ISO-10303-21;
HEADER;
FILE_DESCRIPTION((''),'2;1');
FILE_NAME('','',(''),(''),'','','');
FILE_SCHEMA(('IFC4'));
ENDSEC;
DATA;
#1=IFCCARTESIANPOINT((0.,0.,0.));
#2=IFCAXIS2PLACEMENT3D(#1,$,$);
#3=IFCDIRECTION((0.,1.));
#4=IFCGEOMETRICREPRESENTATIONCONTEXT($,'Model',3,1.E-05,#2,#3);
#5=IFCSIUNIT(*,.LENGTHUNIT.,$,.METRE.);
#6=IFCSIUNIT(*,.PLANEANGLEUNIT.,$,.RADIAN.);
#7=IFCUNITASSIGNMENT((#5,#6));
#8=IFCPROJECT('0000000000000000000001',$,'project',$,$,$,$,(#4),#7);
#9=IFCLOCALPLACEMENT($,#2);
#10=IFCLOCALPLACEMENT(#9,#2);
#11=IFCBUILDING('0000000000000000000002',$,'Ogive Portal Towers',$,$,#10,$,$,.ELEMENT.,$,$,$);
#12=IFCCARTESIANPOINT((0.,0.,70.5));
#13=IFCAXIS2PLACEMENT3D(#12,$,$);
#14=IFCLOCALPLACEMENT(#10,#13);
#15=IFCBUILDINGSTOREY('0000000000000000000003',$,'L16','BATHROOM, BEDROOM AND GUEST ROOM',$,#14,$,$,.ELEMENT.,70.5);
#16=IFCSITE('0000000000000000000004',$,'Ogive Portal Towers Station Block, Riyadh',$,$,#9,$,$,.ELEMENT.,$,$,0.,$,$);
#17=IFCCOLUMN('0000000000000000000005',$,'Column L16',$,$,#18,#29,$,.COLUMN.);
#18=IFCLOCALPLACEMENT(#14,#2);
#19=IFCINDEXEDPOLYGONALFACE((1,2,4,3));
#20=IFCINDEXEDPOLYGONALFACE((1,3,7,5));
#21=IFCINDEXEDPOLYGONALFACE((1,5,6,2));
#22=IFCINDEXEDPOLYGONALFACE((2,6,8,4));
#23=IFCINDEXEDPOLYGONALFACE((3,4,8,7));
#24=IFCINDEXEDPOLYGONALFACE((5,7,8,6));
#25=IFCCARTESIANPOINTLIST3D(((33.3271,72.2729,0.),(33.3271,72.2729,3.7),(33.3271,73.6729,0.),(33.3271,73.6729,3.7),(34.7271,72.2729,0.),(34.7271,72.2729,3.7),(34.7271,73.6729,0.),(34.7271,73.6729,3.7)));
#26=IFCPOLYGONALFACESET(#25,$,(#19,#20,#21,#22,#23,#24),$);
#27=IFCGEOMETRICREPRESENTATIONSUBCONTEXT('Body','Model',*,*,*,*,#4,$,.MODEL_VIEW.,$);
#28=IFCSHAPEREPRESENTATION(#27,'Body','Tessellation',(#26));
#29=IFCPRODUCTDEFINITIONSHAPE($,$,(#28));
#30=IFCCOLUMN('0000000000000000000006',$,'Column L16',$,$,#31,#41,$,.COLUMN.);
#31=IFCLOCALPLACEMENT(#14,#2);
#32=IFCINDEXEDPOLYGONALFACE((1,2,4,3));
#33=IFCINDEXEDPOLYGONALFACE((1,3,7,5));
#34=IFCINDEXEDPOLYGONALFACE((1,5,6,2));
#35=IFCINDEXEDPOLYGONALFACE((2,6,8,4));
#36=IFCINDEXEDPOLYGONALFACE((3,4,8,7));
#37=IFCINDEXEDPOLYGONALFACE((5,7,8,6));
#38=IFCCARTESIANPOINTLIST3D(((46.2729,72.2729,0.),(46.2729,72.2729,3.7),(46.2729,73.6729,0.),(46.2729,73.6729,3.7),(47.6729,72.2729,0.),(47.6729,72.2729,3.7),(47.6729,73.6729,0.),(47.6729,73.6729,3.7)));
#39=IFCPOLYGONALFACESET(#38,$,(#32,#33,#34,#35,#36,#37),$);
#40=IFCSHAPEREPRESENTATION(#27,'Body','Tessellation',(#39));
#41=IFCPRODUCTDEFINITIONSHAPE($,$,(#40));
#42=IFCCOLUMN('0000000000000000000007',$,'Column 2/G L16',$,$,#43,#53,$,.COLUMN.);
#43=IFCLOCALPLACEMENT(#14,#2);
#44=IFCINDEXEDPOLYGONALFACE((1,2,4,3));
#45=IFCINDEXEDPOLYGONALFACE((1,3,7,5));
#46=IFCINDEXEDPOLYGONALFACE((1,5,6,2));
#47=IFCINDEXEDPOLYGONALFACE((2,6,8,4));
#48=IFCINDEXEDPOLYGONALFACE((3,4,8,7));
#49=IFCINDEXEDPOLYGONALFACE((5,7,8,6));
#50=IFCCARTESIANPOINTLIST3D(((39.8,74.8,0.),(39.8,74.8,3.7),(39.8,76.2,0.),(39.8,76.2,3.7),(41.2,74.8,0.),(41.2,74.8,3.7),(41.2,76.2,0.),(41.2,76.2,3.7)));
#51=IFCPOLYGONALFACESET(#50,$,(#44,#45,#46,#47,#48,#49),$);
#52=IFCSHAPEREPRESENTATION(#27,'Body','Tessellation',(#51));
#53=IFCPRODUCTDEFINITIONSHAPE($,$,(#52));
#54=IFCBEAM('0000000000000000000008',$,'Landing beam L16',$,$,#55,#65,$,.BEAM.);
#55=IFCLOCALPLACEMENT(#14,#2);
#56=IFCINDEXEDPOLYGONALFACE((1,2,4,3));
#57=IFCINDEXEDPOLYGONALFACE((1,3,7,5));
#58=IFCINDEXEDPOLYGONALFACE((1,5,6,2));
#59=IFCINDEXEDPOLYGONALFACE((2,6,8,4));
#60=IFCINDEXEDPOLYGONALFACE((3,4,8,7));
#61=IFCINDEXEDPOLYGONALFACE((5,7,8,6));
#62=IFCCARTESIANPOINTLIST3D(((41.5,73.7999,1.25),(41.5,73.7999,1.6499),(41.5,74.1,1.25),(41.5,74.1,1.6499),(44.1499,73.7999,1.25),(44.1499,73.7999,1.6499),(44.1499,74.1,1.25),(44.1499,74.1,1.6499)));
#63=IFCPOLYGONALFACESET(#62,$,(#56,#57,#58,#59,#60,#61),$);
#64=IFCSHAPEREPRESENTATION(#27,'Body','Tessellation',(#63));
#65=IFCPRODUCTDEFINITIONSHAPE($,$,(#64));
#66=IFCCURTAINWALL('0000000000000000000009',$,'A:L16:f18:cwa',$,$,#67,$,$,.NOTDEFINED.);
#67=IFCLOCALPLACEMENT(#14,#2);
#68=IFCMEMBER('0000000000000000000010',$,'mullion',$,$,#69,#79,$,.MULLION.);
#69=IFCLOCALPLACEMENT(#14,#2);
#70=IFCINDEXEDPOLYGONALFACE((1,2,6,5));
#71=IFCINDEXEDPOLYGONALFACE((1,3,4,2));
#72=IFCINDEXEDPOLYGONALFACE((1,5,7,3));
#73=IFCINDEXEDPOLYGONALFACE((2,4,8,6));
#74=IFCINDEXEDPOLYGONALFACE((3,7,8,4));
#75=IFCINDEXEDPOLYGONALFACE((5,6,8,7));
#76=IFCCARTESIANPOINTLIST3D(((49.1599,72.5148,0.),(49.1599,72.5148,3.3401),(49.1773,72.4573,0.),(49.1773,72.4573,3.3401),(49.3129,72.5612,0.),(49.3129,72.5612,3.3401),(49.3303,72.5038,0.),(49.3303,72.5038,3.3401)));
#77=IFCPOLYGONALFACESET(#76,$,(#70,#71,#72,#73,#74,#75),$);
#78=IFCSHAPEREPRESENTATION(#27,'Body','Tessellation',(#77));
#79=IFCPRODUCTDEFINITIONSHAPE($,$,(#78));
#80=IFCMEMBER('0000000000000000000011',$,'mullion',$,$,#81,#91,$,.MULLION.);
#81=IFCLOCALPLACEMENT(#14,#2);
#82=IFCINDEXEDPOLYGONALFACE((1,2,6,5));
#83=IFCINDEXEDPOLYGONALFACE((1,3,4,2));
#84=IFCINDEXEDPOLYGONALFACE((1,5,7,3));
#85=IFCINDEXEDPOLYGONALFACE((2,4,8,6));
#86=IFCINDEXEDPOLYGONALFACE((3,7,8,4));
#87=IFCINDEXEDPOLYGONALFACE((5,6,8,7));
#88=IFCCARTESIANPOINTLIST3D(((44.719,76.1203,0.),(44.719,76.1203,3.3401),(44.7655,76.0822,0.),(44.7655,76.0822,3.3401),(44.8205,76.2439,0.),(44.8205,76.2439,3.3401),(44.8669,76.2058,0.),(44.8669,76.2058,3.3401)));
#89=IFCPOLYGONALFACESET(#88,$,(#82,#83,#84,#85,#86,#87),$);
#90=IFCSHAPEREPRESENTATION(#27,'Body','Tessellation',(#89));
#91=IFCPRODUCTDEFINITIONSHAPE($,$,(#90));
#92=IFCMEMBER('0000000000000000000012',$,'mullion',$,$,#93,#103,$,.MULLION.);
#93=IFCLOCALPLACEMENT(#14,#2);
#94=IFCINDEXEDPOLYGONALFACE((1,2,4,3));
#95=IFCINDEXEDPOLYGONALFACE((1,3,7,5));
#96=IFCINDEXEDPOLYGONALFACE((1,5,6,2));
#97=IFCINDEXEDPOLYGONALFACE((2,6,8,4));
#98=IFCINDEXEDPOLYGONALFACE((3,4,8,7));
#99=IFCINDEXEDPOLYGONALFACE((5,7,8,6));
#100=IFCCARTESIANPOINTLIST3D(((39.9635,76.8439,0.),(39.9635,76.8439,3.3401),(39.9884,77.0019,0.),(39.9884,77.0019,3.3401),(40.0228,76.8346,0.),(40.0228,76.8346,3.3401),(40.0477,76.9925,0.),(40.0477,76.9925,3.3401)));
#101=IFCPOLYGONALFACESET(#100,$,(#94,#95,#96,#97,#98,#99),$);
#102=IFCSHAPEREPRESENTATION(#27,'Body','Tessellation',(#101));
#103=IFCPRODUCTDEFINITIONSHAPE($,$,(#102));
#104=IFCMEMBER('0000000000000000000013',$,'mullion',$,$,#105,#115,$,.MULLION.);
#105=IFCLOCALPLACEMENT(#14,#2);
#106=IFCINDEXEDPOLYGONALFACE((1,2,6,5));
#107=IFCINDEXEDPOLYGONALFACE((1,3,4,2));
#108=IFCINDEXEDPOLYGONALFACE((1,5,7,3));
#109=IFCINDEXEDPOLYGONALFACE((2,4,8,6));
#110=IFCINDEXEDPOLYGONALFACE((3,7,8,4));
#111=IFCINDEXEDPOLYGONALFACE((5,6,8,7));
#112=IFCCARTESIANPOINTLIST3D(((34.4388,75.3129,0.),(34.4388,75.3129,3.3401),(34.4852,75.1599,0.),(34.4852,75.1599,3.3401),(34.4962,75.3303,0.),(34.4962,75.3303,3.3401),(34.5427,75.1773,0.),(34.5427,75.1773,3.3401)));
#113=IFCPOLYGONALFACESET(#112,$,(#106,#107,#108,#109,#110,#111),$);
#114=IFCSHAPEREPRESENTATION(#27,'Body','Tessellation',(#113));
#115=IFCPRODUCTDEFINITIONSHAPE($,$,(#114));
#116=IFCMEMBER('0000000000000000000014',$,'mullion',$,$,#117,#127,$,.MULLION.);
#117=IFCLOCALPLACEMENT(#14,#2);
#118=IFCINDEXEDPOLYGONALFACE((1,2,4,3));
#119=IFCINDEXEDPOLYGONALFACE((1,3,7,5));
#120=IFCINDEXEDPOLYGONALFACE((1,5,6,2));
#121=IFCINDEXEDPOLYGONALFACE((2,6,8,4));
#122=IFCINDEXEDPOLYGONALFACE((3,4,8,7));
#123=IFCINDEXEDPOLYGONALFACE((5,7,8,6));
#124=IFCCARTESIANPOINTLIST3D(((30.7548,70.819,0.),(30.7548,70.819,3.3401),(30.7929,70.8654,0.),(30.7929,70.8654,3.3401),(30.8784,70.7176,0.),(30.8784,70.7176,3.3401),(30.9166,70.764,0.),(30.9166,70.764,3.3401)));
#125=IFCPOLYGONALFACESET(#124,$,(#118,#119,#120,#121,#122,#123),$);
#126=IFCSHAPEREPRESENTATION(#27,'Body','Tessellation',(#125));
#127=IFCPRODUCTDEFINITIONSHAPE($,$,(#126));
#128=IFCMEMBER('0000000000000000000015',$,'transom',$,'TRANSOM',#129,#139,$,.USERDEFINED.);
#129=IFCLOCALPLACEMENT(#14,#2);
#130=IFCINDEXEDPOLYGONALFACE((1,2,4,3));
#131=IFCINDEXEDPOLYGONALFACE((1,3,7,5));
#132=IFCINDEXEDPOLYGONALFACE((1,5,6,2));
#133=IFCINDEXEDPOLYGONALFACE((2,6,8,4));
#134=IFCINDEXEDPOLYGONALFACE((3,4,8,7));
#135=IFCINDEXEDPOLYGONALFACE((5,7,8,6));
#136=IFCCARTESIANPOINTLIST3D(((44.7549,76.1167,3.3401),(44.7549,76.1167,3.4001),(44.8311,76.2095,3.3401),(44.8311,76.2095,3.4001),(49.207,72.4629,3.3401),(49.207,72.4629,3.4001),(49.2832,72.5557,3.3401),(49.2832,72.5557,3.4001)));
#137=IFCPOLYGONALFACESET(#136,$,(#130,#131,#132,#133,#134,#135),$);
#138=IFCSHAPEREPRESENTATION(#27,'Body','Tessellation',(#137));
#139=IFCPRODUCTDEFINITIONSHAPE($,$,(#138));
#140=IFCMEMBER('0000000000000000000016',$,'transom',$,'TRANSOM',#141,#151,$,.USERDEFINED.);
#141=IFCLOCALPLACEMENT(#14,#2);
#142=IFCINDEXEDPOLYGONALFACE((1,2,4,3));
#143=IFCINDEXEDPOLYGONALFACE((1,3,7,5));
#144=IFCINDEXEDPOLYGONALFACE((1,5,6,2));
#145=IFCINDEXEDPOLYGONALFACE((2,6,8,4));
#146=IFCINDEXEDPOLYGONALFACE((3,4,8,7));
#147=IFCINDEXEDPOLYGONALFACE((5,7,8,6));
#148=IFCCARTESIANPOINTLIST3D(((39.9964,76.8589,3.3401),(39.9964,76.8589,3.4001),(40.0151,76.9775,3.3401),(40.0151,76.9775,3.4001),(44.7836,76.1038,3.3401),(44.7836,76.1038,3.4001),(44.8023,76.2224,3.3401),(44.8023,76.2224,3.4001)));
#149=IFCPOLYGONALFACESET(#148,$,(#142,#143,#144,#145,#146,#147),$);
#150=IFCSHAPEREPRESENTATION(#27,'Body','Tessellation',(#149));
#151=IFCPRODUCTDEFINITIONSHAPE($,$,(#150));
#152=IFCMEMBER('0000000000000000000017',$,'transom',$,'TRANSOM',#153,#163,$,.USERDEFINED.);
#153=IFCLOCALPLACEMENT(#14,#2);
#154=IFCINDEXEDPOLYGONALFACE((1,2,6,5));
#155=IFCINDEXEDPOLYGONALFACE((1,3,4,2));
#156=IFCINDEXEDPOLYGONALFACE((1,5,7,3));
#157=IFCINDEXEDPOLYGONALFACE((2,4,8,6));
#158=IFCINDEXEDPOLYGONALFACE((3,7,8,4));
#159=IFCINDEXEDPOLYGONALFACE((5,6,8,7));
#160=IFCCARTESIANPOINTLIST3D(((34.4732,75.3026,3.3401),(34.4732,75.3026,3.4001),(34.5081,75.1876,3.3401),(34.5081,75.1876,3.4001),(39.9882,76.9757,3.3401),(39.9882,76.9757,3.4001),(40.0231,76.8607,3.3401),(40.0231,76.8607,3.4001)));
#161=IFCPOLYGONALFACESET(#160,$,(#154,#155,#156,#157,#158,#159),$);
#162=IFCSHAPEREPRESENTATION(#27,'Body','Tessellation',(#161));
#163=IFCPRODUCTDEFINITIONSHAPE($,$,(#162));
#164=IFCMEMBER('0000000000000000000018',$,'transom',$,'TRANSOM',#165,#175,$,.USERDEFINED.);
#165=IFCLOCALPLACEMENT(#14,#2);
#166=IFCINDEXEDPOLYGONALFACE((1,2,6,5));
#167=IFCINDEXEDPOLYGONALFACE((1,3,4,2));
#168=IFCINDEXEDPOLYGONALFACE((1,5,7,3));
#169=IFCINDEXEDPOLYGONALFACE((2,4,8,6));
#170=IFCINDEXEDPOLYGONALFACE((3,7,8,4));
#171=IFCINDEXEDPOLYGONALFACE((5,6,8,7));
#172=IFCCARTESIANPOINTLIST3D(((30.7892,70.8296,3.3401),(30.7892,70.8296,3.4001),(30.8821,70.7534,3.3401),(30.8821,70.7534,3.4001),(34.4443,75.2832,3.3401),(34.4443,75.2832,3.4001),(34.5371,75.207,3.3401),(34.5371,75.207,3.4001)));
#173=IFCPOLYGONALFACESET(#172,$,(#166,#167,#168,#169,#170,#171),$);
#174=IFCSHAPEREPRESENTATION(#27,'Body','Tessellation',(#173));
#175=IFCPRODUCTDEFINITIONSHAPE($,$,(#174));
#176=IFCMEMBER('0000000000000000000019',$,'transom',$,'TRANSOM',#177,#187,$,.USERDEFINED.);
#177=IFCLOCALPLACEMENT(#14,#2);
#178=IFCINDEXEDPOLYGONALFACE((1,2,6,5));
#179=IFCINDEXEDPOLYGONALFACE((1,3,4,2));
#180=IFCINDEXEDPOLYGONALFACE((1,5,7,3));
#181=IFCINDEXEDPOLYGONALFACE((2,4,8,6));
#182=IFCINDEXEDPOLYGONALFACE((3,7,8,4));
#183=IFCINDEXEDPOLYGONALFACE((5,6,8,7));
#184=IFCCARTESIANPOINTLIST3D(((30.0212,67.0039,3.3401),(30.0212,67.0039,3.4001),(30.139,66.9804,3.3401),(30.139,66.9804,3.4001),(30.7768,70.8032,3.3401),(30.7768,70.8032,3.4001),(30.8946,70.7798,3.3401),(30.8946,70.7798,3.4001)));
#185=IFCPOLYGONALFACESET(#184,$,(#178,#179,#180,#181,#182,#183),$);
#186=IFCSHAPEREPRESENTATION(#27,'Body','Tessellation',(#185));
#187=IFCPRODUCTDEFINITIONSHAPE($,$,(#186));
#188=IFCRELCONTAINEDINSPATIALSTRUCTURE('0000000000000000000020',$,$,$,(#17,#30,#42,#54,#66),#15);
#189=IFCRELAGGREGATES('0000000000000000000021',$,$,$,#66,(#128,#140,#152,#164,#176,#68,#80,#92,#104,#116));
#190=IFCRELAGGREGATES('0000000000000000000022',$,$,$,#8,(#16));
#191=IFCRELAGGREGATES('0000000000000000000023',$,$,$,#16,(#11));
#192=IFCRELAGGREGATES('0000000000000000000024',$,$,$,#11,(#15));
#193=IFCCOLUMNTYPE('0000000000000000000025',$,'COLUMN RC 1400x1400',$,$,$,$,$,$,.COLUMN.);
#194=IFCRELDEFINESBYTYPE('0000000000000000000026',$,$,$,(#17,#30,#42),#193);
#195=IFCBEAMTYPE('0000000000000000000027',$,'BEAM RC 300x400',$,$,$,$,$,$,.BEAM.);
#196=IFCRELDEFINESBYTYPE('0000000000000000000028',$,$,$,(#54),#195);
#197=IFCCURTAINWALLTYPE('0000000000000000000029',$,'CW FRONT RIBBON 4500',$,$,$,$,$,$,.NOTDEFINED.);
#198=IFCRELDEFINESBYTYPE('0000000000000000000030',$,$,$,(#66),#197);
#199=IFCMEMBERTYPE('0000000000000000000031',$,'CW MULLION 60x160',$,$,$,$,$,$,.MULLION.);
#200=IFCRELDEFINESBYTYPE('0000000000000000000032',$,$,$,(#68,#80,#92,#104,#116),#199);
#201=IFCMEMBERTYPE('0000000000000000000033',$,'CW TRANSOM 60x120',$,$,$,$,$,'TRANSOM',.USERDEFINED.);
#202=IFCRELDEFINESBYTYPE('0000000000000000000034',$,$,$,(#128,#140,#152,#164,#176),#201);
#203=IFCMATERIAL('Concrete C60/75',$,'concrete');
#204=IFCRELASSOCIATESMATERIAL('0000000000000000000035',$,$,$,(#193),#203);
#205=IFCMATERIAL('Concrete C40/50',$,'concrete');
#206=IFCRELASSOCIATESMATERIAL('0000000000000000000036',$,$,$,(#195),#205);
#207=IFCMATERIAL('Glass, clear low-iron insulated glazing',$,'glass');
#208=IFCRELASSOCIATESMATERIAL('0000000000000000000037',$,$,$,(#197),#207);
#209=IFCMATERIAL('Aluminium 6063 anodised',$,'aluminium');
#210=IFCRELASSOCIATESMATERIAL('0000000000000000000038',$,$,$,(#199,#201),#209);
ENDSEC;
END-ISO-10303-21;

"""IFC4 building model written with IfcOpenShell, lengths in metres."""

from ifc_helpers import new_model, si_unit, direction, frame, origin, origin_2d, place, context, subcontext, project, spatial, rectangle, extrude, material, material_profile, profile_set, type_object, element, aggregate, save


model = new_model("IFC4")

# Units and contexts
model_context = context("Model", 3, precision=1e-05, world=origin(), true_north=direction((0.0, 1.0)))
body_context = subcontext(model_context, "Body", "Model", "MODEL_VIEW")
ifc_project = project(units=[si_unit("LENGTHUNIT", "METRE"), si_unit("PLANEANGLEUNIT", "RADIAN")], contexts=[model_context])

# Site, building, storey
site_placement = place(None, origin())
site = spatial("IfcSite", under=ifc_project, at=site_placement, Name="Ogive Portal Towers Station Block, Riyadh", CompositionType="ELEMENT", RefElevation=0.0)
building_placement = place(site_placement, origin())
building = spatial("IfcBuilding", under=site, at=building_placement, Name="Ogive Portal Towers", CompositionType="ELEMENT")
storey_placement = place(building_placement, frame((0.0, 0.0, 70.5)))
storey = spatial("IfcBuildingStorey", under=building, at=storey_placement, Name="L16", Description="BATHROOM, BEDROOM AND GUEST ROOM", CompositionType="ELEMENT", Elevation=70.5)

# Columns
ifc_material_1 = material(Name="Concrete C60/75", Category="concrete")
ifc_material_profile_1 = material_profile(ifc_material_1, rectangle(XDim=1.3999, YDim=1.3999, at=origin_2d()), Name="RC 1400x1400")
ifc_profile_set_1 = profile_set([ifc_material_profile_1], Name="Concrete C60/75")
column_type = type_object("IfcColumnType", Name="COLUMN RC 1400x1400", PredefinedType="COLUMN", material=ifc_profile_set_1)
for number, where, z_axis, x_axis, name in (
    (1, (34.0271, 72.9729, 0.0), (0.0, 0.0, 1.0), (1.0, 0.0, 0.0), "Column L16"),
    (2, (46.9729, 72.9729, 0.0), (0.0, 0.0, 1.0), (1.0, 0.0, 0.0), "Column L16"),
    (3, (40.5, 75.5, 0.0), (0.0, 0.0, 1.0), (1.0, 0.0, 0.0), "Column 2/G L16"),
):
    element("IfcColumn", number, at=place(storey_placement, frame(where, z_axis=z_axis, x_axis=x_axis)), inside=storey, type_object=column_type, Name=name, PredefinedType="COLUMN", context=body_context, shape_type="SweptSolid", body=[
        extrude(rectangle(XDim=1.3999, YDim=1.3999, at=origin_2d()), origin(), (0.0, 0.0, 1.0), 3.7),
    ])

# Beam
ifc_material_2 = material(Name="Concrete C40/50", Category="concrete")
ifc_material_profile_2 = material_profile(ifc_material_2, rectangle(XDim=0.3, YDim=0.3999, at=origin_2d()), Name="RC 300x400")
ifc_profile_set_2 = profile_set([ifc_material_profile_2], Name="Concrete C40/50")
beam_type = type_object("IfcBeamType", Name="BEAM RC 300x400", PredefinedType="BEAM", material=ifc_profile_set_2)
beam_placement = place(storey_placement, frame((41.5, 73.95, 1.45), z_axis=(1.0, 0.0, 0.0), x_axis=(0.0, 1.0, 0.0)))
element("IfcBeam", 4, at=beam_placement, inside=storey, type_object=beam_type, Name="Landing beam L16", PredefinedType="BEAM", context=body_context, shape_type="SweptSolid", body=[
    extrude(rectangle(XDim=0.3, YDim=0.3999, at=origin_2d()), origin(), (0.0, 0.0, 1.0), 2.6499),
])

# Curtain wall, members
ifc_material_3 = material(Name="Glass, clear low-iron insulated glazing", Category="glass")
curtain_wall_type = type_object("IfcCurtainWallType", Name="CW FRONT RIBBON 4500", PredefinedType="NOTDEFINED", material=ifc_material_3)
curtain_wall_placement = place(storey_placement, origin())
curtain_wall = element("IfcCurtainWall", 5, at=curtain_wall_placement, inside=storey, type_object=curtain_wall_type, Name="A:L16:f18:cwa", PredefinedType="NOTDEFINED")
ifc_material_4 = material(Name="Aluminium 6063 anodised", Category="aluminium")
ifc_material_profile_3 = material_profile(ifc_material_4, rectangle(XDim=0.1599, YDim=0.0601, at=origin_2d()), Name="AL 60x160")
ifc_profile_set_3 = profile_set([ifc_material_profile_3], Name="Aluminium 6063 anodised")
member_type_1 = type_object("IfcMemberType", Name="CW MULLION 60x160", PredefinedType="MULLION", material=ifc_profile_set_3)
member_1_placement = place(storey_placement, frame((49.2451, 72.5093, 0.0), z_axis=(0.0, 0.0, 1.0), x_axis=(-0.95694, -0.290285, 0.0)))
member_1 = element("IfcMember", 6, at=member_1_placement, type_object=member_type_1, Name="mullion", PredefinedType="MULLION", context=body_context, shape_type="SweptSolid", body=[
    extrude(rectangle(XDim=0.1599, YDim=0.0601, at=origin_2d()), origin(), (0.0, 0.0, 1.0), 3.3401),
])
member_2_placement = place(storey_placement, frame((44.793, 76.1631, 0.0), z_axis=(0.0, 0.0, 1.0), x_axis=(-0.634393, -0.77301, 0.0)))
member_2 = element("IfcMember", 7, at=member_2_placement, type_object=member_type_1, Name="mullion", PredefinedType="MULLION", context=body_context, shape_type="SweptSolid", body=[
    extrude(rectangle(XDim=0.1599, YDim=0.0601, at=origin_2d()), origin(), (0.0, 0.0, 1.0), 3.3401),
])
member_3_placement = place(storey_placement, frame((40.0056, 76.9182, 0.0), z_axis=(0.0, 0.0, 1.0), x_axis=(-0.155777, -0.987792, 0.0)))
member_3 = element("IfcMember", 8, at=member_3_placement, type_object=member_type_1, Name="mullion", PredefinedType="MULLION", context=body_context, shape_type="SweptSolid", body=[
    extrude(rectangle(XDim=0.1599, YDim=0.0601, at=origin_2d()), origin(), (0.0, 0.0, 1.0), 3.3401),
])
member_4_placement = place(storey_placement, frame((34.4907, 75.2451, 0.0), z_axis=(0.0, 0.0, 1.0), x_axis=(0.290285, -0.95694, 0.0)))
member_4 = element("IfcMember", 9, at=member_4_placement, type_object=member_type_1, Name="mullion", PredefinedType="MULLION", context=body_context, shape_type="SweptSolid", body=[
    extrude(rectangle(XDim=0.1599, YDim=0.0601, at=origin_2d()), origin(), (0.0, 0.0, 1.0), 3.3401),
])
member_5_placement = place(storey_placement, frame((30.8357, 70.7915, 0.0), z_axis=(0.0, 0.0, 1.0), x_axis=(0.77301, -0.634393, 0.0)))
member_5 = element("IfcMember", 10, at=member_5_placement, type_object=member_type_1, Name="mullion", PredefinedType="MULLION", context=body_context, shape_type="SweptSolid", body=[
    extrude(rectangle(XDim=0.1599, YDim=0.0601, at=origin_2d()), origin(), (0.0, 0.0, 1.0), 3.3401),
])
ifc_material_profile_4 = material_profile(ifc_material_4, rectangle(XDim=0.1201, YDim=0.0601, at=origin_2d()), Name="AL 120x60")
ifc_profile_set_4 = profile_set([ifc_material_profile_4], Name="Aluminium 6063 anodised")
member_type_2 = type_object("IfcMemberType", Name="CW TRANSOM 60x120", ElementType="TRANSOM", PredefinedType="USERDEFINED", material=ifc_profile_set_4)
member_6_placement = place(storey_placement, frame((49.2451, 72.5093, 3.3701), z_axis=(-0.773008, 0.634396, 0.0), x_axis=(-0.634396, -0.773008, 0.0)))
member_6 = element("IfcMember", 11, at=member_6_placement, type_object=member_type_2, Name="transom", ObjectType="TRANSOM", PredefinedType="USERDEFINED", context=body_context, shape_type="SweptSolid", body=[
    extrude(rectangle(XDim=0.1201, YDim=0.0601, at=origin_2d()), origin(), (0.0, 0.0, 1.0), 5.7595),
])
member_7_placement = place(storey_placement, frame((44.793, 76.1631, 3.3701), z_axis=(-0.987787, 0.155807, 0.0), x_axis=(-0.155807, -0.987787, 0.0)))
member_7 = element("IfcMember", 12, at=member_7_placement, type_object=member_type_2, Name="transom", ObjectType="TRANSOM", PredefinedType="USERDEFINED", context=body_context, shape_type="SweptSolid", body=[
    extrude(rectangle(XDim=0.1201, YDim=0.0601, at=origin_2d()), origin(), (0.0, 0.0, 1.0), 4.8464),
])
member_8_placement = place(storey_placement, frame((40.0056, 76.9182, 3.3701), z_axis=(-0.956932, -0.290312, 0.0), x_axis=(0.290312, -0.956932, 0.0)))
member_8 = element("IfcMember", 13, at=member_8_placement, type_object=member_type_2, Name="transom", ObjectType="TRANSOM", PredefinedType="USERDEFINED", context=body_context, shape_type="SweptSolid", body=[
    extrude(rectangle(XDim=0.1201, YDim=0.0601, at=origin_2d()), origin(), (0.0, 0.0, 1.0), 5.7632),
])
member_9_placement = place(storey_placement, frame((34.4907, 75.2451, 3.3701), z_axis=(-0.634398, -0.773007, 0.0), x_axis=(0.773007, -0.634398, 0.0)))
member_9 = element("IfcMember", 14, at=member_9_placement, type_object=member_type_2, Name="transom", ObjectType="TRANSOM", PredefinedType="USERDEFINED", context=body_context, shape_type="SweptSolid", body=[
    extrude(rectangle(XDim=0.1201, YDim=0.0601, at=origin_2d()), origin(), (0.0, 0.0, 1.0), 5.7615),
])
member_10_placement = place(storey_placement, frame((30.8357, 70.7915, 3.3701), z_axis=(-0.195062, -0.980791, 0.0), x_axis=(0.980791, -0.195062, 0.0)))
member_10 = element("IfcMember", 15, at=member_10_placement, type_object=member_type_2, Name="transom", ObjectType="TRANSOM", PredefinedType="USERDEFINED", context=body_context, shape_type="SweptSolid", body=[
    extrude(rectangle(XDim=0.1201, YDim=0.0601, at=origin_2d()), origin(), (0.0, 0.0, 1.0), 3.8738),
])
aggregate(curtain_wall, [member_6, member_7, member_8, member_9, member_10, member_1, member_2, member_3, member_4, member_5])

save(model, "model.ifc")
